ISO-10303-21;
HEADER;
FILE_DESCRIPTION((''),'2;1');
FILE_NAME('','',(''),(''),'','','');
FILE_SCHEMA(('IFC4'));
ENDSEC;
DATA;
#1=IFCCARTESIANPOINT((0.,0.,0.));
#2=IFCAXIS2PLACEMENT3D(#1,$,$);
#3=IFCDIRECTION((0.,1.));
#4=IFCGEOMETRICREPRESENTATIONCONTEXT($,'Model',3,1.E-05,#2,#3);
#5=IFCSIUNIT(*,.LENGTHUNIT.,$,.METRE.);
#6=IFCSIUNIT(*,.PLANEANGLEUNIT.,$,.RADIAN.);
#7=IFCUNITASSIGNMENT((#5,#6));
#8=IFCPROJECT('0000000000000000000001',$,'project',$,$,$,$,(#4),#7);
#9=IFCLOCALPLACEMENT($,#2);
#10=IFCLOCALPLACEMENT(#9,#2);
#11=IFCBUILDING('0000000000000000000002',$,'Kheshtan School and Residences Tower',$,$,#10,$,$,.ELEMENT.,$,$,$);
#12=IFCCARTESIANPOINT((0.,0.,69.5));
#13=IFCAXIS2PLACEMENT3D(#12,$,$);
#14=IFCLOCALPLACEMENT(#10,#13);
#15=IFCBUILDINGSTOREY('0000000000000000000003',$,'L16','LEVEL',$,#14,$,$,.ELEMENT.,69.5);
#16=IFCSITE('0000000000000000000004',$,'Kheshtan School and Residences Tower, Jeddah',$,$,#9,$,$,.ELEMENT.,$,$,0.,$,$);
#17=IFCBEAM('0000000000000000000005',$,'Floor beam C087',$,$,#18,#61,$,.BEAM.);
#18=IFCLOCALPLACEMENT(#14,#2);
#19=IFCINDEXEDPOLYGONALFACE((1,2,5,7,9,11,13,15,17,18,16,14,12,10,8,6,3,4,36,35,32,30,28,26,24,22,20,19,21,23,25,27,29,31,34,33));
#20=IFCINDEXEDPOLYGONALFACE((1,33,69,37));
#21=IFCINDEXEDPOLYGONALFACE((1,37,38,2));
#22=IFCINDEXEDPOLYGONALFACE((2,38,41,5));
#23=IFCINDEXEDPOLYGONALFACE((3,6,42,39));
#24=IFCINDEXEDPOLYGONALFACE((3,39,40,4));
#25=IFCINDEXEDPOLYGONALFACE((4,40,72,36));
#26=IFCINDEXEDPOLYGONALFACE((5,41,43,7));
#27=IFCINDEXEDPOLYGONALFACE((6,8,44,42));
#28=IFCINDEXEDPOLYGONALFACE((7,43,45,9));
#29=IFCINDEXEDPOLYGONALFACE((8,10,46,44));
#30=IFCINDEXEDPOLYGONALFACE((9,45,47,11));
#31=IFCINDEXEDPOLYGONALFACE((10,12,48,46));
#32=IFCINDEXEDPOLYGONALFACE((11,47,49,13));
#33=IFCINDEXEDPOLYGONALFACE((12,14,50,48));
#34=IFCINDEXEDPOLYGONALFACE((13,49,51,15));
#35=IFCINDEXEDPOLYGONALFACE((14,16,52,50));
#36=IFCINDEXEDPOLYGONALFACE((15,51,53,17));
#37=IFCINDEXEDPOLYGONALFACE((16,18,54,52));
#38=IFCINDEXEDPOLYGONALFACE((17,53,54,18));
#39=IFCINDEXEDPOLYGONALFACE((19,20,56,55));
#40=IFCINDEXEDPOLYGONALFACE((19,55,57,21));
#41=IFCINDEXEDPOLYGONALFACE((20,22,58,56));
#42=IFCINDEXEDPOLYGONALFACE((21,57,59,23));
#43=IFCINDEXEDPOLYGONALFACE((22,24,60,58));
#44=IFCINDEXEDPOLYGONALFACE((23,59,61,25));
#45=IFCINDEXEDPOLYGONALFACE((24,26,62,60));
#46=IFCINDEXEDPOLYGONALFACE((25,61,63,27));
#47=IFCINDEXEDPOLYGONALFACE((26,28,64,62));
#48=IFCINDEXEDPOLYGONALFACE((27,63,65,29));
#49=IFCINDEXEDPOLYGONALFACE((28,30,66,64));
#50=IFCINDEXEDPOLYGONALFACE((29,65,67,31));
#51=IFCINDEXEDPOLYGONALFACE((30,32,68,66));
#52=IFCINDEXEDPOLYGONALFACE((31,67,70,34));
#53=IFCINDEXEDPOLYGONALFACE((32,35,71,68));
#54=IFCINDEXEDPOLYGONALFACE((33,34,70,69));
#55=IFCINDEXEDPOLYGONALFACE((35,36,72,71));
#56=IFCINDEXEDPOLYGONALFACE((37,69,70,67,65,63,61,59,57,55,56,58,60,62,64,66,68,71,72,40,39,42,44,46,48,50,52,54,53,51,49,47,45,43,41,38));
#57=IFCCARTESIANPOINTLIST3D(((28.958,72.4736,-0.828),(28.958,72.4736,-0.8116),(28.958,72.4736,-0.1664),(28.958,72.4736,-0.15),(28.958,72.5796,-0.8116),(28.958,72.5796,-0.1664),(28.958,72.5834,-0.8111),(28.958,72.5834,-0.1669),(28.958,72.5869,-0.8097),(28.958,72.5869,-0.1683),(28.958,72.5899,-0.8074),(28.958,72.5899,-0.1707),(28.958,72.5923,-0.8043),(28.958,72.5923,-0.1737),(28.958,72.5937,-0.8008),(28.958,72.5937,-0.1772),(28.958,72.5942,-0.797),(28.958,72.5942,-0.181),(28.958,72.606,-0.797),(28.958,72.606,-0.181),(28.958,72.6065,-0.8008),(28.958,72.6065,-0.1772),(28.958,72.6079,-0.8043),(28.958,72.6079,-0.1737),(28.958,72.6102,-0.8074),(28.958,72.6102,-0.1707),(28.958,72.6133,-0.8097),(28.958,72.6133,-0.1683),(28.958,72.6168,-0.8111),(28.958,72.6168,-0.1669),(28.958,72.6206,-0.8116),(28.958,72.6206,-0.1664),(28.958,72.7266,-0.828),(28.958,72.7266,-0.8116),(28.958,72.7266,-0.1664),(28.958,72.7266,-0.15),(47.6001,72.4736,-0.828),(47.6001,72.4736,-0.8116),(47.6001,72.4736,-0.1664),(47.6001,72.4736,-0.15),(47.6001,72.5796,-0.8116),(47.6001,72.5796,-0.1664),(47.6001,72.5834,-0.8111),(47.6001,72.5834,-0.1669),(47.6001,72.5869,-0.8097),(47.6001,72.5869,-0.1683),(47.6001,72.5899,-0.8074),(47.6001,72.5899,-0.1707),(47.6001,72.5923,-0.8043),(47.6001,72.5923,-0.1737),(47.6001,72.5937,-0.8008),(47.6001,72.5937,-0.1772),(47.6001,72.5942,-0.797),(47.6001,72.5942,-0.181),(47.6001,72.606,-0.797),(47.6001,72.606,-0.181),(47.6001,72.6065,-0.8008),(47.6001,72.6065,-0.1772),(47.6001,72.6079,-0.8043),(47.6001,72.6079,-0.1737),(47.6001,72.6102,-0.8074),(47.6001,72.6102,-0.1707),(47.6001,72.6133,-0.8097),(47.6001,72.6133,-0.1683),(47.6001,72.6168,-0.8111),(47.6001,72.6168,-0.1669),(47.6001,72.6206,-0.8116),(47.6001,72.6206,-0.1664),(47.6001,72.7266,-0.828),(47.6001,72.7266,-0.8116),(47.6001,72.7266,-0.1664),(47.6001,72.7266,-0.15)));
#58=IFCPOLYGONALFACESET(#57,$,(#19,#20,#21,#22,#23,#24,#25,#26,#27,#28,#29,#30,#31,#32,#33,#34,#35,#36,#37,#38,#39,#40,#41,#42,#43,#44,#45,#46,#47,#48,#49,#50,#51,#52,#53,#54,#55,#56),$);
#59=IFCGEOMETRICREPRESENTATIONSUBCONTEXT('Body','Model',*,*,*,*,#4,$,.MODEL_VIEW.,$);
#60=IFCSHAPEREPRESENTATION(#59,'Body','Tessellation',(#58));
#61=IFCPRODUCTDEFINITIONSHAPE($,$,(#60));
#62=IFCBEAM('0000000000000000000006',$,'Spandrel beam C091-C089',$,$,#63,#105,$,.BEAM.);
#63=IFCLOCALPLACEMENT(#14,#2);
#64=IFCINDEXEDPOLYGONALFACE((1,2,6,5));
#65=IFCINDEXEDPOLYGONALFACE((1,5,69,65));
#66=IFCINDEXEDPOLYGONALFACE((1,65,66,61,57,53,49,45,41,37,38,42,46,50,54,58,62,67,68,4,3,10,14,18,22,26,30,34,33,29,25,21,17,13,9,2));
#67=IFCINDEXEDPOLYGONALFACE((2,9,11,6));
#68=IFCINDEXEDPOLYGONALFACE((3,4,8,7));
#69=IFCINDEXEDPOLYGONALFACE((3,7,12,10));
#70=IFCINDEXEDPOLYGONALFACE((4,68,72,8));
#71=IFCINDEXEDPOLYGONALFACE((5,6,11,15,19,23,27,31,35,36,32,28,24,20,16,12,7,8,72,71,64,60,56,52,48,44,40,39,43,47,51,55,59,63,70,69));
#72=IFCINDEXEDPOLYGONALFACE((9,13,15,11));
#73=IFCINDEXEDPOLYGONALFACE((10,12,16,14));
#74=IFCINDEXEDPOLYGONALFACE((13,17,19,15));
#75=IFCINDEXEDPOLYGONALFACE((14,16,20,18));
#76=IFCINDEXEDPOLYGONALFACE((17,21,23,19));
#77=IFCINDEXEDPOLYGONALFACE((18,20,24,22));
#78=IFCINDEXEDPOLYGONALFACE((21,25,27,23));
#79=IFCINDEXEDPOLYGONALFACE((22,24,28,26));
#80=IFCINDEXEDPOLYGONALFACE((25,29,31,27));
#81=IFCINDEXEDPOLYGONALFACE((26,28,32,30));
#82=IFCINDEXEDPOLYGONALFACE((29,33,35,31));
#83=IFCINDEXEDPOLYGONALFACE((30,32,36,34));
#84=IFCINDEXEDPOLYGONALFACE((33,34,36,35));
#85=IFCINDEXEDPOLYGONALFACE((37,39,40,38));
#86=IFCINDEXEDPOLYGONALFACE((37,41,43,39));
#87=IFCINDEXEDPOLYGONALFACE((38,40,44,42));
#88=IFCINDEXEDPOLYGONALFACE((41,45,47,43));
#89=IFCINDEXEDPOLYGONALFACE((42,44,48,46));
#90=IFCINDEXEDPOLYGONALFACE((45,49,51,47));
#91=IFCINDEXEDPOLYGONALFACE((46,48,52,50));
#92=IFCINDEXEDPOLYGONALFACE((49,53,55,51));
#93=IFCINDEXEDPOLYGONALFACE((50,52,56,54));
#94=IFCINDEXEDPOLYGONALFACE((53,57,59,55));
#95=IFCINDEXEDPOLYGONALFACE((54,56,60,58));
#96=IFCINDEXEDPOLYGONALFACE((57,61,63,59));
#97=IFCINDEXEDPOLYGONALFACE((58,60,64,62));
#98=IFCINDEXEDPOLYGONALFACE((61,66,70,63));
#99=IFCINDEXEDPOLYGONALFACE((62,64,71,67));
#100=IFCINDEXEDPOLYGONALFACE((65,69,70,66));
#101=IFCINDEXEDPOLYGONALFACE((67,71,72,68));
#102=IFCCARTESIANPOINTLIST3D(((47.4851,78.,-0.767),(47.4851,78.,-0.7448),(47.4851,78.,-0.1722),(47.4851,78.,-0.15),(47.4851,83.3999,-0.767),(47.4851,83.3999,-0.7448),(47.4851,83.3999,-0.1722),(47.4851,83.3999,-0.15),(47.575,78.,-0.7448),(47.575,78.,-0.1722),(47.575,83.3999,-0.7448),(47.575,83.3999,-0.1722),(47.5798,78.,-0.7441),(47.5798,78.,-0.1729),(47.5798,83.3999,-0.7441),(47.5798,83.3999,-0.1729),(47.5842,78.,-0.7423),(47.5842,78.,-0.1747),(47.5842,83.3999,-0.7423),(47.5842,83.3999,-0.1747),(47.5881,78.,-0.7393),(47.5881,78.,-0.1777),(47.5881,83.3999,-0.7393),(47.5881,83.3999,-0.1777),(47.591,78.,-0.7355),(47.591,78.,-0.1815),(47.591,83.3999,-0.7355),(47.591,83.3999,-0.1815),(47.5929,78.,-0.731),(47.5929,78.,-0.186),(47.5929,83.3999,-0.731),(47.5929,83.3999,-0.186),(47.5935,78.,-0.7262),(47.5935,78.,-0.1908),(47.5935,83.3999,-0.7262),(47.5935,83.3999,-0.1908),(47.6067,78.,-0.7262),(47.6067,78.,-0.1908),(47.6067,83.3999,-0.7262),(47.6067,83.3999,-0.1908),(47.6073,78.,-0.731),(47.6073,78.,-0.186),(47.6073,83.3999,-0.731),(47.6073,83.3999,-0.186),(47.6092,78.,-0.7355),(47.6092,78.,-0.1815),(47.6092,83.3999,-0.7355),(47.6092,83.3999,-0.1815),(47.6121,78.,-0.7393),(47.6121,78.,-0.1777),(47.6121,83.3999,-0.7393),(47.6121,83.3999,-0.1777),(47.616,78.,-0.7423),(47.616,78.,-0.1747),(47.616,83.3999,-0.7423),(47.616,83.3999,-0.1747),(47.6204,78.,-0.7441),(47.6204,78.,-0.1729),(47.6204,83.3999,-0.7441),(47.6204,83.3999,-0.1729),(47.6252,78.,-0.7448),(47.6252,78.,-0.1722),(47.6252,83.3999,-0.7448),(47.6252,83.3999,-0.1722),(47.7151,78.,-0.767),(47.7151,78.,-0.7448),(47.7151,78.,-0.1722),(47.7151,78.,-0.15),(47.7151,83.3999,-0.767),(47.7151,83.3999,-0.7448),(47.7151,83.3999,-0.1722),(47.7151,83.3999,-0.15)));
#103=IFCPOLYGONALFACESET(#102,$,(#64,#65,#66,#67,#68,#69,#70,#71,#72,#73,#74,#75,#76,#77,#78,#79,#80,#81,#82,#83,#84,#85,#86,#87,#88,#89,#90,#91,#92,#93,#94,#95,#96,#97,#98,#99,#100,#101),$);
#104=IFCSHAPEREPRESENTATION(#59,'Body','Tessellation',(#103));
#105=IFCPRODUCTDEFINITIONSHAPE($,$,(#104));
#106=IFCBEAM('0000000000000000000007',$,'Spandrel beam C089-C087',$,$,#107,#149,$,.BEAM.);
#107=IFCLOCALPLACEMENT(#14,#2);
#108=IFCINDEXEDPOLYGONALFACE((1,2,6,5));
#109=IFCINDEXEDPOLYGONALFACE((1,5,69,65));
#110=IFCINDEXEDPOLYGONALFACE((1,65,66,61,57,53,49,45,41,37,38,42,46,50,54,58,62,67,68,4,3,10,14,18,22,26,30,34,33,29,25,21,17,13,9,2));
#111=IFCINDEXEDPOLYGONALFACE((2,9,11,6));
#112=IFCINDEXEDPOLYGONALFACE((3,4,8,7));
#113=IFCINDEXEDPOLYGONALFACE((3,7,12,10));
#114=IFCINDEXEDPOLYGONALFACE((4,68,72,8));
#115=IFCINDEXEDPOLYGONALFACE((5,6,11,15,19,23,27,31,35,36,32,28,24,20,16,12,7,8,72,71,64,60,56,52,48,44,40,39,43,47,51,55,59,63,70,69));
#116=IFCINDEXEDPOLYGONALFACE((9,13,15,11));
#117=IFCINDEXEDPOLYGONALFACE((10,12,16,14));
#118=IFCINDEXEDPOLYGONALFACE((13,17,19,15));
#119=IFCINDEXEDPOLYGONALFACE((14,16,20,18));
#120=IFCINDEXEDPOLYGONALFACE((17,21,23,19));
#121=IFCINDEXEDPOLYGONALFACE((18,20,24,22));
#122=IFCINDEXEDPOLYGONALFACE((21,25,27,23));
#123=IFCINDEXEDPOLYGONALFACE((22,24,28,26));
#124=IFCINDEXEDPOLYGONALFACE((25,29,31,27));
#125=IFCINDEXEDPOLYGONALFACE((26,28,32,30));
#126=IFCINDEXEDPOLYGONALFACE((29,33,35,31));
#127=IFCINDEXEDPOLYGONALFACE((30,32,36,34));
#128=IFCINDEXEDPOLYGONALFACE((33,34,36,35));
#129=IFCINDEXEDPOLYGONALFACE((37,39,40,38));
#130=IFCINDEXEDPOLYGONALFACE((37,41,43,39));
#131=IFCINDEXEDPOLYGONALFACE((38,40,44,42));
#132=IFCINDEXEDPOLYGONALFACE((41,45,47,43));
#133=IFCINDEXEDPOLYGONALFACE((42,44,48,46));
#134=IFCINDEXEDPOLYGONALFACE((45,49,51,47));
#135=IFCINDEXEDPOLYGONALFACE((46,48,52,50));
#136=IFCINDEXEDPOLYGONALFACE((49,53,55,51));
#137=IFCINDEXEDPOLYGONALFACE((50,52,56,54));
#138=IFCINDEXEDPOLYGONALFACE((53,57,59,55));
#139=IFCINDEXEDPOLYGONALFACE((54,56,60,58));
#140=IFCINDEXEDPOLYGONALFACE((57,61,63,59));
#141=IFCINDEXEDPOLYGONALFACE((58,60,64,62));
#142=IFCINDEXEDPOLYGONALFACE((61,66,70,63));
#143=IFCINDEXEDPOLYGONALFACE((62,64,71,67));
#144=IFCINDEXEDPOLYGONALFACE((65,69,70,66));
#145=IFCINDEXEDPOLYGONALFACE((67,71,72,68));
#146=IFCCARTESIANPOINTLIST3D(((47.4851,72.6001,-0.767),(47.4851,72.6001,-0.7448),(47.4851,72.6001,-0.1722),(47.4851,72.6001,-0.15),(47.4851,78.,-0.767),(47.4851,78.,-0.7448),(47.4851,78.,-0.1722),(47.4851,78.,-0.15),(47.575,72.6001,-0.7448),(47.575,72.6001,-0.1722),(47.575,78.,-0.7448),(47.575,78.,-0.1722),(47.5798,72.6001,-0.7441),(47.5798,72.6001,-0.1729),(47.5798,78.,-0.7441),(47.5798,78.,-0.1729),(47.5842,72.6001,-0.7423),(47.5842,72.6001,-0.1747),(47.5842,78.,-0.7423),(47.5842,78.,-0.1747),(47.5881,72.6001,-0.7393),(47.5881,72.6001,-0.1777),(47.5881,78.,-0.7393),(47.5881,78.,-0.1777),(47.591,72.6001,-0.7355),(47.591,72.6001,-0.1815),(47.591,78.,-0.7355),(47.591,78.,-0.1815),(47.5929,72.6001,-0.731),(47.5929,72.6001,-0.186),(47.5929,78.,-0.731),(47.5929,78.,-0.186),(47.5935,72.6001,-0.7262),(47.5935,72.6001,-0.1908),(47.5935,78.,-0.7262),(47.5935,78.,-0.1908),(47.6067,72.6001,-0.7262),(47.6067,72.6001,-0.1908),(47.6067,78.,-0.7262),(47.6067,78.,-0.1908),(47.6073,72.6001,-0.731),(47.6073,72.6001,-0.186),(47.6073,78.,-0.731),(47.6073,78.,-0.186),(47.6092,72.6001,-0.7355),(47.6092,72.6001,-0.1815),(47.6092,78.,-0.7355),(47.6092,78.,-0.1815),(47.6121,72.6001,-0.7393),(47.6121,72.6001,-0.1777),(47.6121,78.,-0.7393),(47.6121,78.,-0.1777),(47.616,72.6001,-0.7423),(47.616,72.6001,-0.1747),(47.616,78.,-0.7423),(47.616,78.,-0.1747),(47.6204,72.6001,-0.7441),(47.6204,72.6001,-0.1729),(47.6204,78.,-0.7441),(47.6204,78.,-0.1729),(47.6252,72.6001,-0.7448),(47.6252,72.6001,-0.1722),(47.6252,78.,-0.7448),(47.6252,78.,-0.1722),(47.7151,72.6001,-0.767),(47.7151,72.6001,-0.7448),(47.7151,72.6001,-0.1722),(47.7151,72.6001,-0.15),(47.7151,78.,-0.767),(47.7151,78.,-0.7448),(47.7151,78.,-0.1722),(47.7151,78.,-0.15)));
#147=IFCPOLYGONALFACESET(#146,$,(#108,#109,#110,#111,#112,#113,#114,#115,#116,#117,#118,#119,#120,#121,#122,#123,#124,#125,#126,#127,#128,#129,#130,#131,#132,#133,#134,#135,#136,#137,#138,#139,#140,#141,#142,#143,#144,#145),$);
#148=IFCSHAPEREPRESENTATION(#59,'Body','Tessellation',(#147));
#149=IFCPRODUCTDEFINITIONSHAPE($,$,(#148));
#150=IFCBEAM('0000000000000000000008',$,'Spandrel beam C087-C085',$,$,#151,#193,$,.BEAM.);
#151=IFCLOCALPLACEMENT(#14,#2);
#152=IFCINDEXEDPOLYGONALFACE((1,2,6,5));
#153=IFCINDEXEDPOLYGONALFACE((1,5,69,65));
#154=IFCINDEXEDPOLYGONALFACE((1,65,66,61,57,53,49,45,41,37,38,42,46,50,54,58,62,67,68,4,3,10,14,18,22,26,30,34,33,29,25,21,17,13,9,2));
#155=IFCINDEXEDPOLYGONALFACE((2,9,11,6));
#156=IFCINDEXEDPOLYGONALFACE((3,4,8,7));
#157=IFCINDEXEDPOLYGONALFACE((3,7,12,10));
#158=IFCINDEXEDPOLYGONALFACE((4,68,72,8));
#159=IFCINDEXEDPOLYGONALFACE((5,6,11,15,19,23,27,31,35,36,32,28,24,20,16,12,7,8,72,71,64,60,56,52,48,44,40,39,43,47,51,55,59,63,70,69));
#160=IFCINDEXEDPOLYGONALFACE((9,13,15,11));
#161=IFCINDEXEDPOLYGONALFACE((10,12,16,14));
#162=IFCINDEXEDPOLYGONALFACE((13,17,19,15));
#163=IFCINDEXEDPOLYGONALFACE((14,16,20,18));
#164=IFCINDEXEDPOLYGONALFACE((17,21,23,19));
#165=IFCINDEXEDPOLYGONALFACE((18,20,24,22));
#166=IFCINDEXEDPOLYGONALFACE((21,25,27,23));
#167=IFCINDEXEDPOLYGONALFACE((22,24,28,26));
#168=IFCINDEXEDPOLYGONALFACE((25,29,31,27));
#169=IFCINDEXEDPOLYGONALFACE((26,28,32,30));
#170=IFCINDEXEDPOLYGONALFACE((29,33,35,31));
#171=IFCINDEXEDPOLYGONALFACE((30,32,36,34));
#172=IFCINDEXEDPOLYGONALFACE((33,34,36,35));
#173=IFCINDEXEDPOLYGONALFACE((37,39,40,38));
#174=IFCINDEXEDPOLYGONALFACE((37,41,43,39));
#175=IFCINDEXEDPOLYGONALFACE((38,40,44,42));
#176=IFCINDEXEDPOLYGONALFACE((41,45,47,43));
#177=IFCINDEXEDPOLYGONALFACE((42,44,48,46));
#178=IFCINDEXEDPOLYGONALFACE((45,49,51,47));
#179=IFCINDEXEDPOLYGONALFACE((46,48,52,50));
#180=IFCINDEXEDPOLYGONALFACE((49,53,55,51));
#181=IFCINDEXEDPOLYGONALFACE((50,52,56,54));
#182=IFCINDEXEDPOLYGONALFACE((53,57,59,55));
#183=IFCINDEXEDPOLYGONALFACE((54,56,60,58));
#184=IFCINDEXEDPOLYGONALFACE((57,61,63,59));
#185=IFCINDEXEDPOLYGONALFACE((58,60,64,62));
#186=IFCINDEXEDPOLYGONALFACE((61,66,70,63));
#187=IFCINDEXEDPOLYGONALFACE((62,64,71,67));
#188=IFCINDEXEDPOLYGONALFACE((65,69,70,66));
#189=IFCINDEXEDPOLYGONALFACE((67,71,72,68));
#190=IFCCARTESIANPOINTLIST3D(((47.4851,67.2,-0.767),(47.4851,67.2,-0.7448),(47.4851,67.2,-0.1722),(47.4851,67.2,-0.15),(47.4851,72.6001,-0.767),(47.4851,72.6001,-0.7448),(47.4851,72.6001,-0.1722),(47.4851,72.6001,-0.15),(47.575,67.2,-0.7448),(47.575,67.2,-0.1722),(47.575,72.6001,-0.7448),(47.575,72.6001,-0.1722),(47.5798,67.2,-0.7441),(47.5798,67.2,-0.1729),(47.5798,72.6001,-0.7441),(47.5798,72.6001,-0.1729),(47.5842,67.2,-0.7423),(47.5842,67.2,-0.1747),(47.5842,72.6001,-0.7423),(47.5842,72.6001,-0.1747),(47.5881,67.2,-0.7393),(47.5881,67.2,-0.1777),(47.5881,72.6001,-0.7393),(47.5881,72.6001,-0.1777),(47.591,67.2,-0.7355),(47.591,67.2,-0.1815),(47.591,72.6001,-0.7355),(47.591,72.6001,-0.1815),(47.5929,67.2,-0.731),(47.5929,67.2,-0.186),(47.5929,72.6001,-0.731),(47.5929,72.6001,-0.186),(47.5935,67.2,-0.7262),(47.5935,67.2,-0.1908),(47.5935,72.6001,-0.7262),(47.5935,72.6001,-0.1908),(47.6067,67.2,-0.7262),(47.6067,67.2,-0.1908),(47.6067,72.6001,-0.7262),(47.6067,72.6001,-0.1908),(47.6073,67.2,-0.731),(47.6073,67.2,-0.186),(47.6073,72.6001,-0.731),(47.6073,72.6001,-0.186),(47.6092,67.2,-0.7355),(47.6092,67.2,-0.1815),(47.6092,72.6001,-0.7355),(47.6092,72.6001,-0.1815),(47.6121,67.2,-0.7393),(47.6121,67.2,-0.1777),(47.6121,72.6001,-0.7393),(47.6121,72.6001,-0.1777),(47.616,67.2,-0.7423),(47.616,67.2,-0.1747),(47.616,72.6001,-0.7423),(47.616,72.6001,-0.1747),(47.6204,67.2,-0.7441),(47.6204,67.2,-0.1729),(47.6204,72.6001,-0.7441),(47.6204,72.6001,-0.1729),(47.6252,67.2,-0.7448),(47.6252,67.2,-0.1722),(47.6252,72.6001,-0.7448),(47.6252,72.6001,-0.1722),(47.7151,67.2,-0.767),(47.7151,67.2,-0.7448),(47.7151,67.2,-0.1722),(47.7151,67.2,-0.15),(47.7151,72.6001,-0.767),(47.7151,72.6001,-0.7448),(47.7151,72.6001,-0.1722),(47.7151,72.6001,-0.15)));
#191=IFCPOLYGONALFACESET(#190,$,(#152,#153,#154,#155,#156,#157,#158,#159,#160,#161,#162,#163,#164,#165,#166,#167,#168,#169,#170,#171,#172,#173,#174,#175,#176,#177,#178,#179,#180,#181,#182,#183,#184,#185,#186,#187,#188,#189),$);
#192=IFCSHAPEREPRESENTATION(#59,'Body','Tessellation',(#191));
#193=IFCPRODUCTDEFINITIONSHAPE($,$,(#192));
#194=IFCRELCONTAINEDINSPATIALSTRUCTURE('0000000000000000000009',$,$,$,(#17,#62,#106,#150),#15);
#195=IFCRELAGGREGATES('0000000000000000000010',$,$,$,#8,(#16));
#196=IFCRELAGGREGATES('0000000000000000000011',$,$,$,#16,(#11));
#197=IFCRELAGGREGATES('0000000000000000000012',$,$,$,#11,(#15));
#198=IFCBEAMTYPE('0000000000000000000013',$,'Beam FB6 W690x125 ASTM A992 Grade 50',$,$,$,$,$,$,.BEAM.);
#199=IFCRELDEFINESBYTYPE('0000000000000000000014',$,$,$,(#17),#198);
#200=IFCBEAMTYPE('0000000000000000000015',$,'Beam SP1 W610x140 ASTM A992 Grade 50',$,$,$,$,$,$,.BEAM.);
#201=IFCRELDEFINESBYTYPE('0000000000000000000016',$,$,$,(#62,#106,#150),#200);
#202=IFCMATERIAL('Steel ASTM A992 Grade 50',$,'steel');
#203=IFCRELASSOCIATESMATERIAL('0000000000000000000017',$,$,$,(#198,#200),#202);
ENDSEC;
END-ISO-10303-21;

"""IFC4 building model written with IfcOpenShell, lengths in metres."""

from ifc_helpers import new_model, si_unit, direction, frame, origin, origin_2d, place, context, subcontext, project, spatial, i_section, extrude, material, material_profile, profile_set, type_object, element, save


model = new_model("IFC4")

# Units and contexts
model_context = context("Model", 3, precision=1e-05, world=origin(), true_north=direction((0.0, 1.0)))
body_context = subcontext(model_context, "Body", "Model", "MODEL_VIEW")
ifc_project = project(units=[si_unit("LENGTHUNIT", "METRE"), si_unit("PLANEANGLEUNIT", "RADIAN")], contexts=[model_context])

# Site, building, storey
site_placement = place(None, origin())
site = spatial("IfcSite", under=ifc_project, at=site_placement, Name="Kheshtan School and Residences Tower, Jeddah", CompositionType="ELEMENT", RefElevation=0.0)
building_placement = place(site_placement, origin())
building = spatial("IfcBuilding", under=site, at=building_placement, Name="Kheshtan School and Residences Tower", CompositionType="ELEMENT")
storey_placement = place(building_placement, frame((0.0, 0.0, 69.5)))
storey = spatial("IfcBuildingStorey", under=building, at=storey_placement, Name="L16", Description="LEVEL", CompositionType="ELEMENT", Elevation=69.5)

# Shared definitions
ifc_material_1 = material(Name="Steel ASTM A992 Grade 50", Category="steel")

# Beams
ifc_material_profile_1 = material_profile(ifc_material_1, i_section(OverallWidth=0.2529, OverallDepth=0.678, WebThickness=0.0117, FlangeThickness=0.0164, FilletRadius=0.0146, at=origin_2d()), Name="W690x125")
ifc_profile_set_1 = profile_set([ifc_material_profile_1], Name="Steel ASTM A992 Grade 50")
beam_type_1 = type_object("IfcBeamType", Name="Beam FB6 W690x125 ASTM A992 Grade 50", PredefinedType="BEAM", material=ifc_profile_set_1)
beam_1_placement = place(storey_placement, frame((47.6001, 72.6001, -0.489), z_axis=(-1.0, 0.0, 0.0), x_axis=(0.0, -1.0, 0.0)))
element("IfcBeam", 1, at=beam_1_placement, inside=storey, type_object=beam_type_1, Name="Floor beam C087", PredefinedType="BEAM", context=body_context, shape_type="SweptSolid", body=[
    extrude(i_section(OverallWidth=0.2529, OverallDepth=0.678, WebThickness=0.0117, FlangeThickness=0.0164, FilletRadius=0.0146, at=origin_2d()), origin(), (0.0, 0.0, 1.0), 18.6421),
])
ifc_material_profile_2 = material_profile(ifc_material_1, i_section(OverallWidth=0.23, OverallDepth=0.6169, WebThickness=0.0132, FlangeThickness=0.0222, FilletRadius=0.0186, at=origin_2d()), Name="W610x140")
ifc_profile_set_2 = profile_set([ifc_material_profile_2], Name="Steel ASTM A992 Grade 50")
beam_type_2 = type_object("IfcBeamType", Name="Beam SP1 W610x140 ASTM A992 Grade 50", PredefinedType="BEAM", material=ifc_profile_set_2)
for number, where, z_axis, x_axis, name in (
    (2, (47.6001, 83.3999, -0.4585), (0.0, -1.0, 0.0), (1.0, 0.0, 0.0), "Spandrel beam C091-C089"),
    (3, (47.6001, 78.0, -0.4585), (0.0, -1.0, 0.0), (1.0, 0.0, 0.0), "Spandrel beam C089-C087"),
):
    element("IfcBeam", number, at=place(storey_placement, frame(where, z_axis=z_axis, x_axis=x_axis)), inside=storey, type_object=beam_type_2, Name=name, PredefinedType="BEAM", context=body_context, shape_type="SweptSolid", body=[
        extrude(i_section(OverallWidth=0.23, OverallDepth=0.6169, WebThickness=0.0132, FlangeThickness=0.0222, FilletRadius=0.0186, at=origin_2d()), origin(), (0.0, 0.0, 1.0), 5.3999),
    ])
beam_2_placement = place(storey_placement, frame((47.6001, 72.6001, -0.4585), z_axis=(0.0, -1.0, 0.0), x_axis=(1.0, 0.0, 0.0)))
element("IfcBeam", 4, at=beam_2_placement, inside=storey, type_object=beam_type_2, Name="Spandrel beam C087-C085", PredefinedType="BEAM", context=body_context, shape_type="SweptSolid", body=[
    extrude(i_section(OverallWidth=0.23, OverallDepth=0.6169, WebThickness=0.0132, FlangeThickness=0.0222, FilletRadius=0.0186, at=origin_2d()), origin(), (0.0, 0.0, 1.0), 5.4001),
])

save(model, "model.ifc")
